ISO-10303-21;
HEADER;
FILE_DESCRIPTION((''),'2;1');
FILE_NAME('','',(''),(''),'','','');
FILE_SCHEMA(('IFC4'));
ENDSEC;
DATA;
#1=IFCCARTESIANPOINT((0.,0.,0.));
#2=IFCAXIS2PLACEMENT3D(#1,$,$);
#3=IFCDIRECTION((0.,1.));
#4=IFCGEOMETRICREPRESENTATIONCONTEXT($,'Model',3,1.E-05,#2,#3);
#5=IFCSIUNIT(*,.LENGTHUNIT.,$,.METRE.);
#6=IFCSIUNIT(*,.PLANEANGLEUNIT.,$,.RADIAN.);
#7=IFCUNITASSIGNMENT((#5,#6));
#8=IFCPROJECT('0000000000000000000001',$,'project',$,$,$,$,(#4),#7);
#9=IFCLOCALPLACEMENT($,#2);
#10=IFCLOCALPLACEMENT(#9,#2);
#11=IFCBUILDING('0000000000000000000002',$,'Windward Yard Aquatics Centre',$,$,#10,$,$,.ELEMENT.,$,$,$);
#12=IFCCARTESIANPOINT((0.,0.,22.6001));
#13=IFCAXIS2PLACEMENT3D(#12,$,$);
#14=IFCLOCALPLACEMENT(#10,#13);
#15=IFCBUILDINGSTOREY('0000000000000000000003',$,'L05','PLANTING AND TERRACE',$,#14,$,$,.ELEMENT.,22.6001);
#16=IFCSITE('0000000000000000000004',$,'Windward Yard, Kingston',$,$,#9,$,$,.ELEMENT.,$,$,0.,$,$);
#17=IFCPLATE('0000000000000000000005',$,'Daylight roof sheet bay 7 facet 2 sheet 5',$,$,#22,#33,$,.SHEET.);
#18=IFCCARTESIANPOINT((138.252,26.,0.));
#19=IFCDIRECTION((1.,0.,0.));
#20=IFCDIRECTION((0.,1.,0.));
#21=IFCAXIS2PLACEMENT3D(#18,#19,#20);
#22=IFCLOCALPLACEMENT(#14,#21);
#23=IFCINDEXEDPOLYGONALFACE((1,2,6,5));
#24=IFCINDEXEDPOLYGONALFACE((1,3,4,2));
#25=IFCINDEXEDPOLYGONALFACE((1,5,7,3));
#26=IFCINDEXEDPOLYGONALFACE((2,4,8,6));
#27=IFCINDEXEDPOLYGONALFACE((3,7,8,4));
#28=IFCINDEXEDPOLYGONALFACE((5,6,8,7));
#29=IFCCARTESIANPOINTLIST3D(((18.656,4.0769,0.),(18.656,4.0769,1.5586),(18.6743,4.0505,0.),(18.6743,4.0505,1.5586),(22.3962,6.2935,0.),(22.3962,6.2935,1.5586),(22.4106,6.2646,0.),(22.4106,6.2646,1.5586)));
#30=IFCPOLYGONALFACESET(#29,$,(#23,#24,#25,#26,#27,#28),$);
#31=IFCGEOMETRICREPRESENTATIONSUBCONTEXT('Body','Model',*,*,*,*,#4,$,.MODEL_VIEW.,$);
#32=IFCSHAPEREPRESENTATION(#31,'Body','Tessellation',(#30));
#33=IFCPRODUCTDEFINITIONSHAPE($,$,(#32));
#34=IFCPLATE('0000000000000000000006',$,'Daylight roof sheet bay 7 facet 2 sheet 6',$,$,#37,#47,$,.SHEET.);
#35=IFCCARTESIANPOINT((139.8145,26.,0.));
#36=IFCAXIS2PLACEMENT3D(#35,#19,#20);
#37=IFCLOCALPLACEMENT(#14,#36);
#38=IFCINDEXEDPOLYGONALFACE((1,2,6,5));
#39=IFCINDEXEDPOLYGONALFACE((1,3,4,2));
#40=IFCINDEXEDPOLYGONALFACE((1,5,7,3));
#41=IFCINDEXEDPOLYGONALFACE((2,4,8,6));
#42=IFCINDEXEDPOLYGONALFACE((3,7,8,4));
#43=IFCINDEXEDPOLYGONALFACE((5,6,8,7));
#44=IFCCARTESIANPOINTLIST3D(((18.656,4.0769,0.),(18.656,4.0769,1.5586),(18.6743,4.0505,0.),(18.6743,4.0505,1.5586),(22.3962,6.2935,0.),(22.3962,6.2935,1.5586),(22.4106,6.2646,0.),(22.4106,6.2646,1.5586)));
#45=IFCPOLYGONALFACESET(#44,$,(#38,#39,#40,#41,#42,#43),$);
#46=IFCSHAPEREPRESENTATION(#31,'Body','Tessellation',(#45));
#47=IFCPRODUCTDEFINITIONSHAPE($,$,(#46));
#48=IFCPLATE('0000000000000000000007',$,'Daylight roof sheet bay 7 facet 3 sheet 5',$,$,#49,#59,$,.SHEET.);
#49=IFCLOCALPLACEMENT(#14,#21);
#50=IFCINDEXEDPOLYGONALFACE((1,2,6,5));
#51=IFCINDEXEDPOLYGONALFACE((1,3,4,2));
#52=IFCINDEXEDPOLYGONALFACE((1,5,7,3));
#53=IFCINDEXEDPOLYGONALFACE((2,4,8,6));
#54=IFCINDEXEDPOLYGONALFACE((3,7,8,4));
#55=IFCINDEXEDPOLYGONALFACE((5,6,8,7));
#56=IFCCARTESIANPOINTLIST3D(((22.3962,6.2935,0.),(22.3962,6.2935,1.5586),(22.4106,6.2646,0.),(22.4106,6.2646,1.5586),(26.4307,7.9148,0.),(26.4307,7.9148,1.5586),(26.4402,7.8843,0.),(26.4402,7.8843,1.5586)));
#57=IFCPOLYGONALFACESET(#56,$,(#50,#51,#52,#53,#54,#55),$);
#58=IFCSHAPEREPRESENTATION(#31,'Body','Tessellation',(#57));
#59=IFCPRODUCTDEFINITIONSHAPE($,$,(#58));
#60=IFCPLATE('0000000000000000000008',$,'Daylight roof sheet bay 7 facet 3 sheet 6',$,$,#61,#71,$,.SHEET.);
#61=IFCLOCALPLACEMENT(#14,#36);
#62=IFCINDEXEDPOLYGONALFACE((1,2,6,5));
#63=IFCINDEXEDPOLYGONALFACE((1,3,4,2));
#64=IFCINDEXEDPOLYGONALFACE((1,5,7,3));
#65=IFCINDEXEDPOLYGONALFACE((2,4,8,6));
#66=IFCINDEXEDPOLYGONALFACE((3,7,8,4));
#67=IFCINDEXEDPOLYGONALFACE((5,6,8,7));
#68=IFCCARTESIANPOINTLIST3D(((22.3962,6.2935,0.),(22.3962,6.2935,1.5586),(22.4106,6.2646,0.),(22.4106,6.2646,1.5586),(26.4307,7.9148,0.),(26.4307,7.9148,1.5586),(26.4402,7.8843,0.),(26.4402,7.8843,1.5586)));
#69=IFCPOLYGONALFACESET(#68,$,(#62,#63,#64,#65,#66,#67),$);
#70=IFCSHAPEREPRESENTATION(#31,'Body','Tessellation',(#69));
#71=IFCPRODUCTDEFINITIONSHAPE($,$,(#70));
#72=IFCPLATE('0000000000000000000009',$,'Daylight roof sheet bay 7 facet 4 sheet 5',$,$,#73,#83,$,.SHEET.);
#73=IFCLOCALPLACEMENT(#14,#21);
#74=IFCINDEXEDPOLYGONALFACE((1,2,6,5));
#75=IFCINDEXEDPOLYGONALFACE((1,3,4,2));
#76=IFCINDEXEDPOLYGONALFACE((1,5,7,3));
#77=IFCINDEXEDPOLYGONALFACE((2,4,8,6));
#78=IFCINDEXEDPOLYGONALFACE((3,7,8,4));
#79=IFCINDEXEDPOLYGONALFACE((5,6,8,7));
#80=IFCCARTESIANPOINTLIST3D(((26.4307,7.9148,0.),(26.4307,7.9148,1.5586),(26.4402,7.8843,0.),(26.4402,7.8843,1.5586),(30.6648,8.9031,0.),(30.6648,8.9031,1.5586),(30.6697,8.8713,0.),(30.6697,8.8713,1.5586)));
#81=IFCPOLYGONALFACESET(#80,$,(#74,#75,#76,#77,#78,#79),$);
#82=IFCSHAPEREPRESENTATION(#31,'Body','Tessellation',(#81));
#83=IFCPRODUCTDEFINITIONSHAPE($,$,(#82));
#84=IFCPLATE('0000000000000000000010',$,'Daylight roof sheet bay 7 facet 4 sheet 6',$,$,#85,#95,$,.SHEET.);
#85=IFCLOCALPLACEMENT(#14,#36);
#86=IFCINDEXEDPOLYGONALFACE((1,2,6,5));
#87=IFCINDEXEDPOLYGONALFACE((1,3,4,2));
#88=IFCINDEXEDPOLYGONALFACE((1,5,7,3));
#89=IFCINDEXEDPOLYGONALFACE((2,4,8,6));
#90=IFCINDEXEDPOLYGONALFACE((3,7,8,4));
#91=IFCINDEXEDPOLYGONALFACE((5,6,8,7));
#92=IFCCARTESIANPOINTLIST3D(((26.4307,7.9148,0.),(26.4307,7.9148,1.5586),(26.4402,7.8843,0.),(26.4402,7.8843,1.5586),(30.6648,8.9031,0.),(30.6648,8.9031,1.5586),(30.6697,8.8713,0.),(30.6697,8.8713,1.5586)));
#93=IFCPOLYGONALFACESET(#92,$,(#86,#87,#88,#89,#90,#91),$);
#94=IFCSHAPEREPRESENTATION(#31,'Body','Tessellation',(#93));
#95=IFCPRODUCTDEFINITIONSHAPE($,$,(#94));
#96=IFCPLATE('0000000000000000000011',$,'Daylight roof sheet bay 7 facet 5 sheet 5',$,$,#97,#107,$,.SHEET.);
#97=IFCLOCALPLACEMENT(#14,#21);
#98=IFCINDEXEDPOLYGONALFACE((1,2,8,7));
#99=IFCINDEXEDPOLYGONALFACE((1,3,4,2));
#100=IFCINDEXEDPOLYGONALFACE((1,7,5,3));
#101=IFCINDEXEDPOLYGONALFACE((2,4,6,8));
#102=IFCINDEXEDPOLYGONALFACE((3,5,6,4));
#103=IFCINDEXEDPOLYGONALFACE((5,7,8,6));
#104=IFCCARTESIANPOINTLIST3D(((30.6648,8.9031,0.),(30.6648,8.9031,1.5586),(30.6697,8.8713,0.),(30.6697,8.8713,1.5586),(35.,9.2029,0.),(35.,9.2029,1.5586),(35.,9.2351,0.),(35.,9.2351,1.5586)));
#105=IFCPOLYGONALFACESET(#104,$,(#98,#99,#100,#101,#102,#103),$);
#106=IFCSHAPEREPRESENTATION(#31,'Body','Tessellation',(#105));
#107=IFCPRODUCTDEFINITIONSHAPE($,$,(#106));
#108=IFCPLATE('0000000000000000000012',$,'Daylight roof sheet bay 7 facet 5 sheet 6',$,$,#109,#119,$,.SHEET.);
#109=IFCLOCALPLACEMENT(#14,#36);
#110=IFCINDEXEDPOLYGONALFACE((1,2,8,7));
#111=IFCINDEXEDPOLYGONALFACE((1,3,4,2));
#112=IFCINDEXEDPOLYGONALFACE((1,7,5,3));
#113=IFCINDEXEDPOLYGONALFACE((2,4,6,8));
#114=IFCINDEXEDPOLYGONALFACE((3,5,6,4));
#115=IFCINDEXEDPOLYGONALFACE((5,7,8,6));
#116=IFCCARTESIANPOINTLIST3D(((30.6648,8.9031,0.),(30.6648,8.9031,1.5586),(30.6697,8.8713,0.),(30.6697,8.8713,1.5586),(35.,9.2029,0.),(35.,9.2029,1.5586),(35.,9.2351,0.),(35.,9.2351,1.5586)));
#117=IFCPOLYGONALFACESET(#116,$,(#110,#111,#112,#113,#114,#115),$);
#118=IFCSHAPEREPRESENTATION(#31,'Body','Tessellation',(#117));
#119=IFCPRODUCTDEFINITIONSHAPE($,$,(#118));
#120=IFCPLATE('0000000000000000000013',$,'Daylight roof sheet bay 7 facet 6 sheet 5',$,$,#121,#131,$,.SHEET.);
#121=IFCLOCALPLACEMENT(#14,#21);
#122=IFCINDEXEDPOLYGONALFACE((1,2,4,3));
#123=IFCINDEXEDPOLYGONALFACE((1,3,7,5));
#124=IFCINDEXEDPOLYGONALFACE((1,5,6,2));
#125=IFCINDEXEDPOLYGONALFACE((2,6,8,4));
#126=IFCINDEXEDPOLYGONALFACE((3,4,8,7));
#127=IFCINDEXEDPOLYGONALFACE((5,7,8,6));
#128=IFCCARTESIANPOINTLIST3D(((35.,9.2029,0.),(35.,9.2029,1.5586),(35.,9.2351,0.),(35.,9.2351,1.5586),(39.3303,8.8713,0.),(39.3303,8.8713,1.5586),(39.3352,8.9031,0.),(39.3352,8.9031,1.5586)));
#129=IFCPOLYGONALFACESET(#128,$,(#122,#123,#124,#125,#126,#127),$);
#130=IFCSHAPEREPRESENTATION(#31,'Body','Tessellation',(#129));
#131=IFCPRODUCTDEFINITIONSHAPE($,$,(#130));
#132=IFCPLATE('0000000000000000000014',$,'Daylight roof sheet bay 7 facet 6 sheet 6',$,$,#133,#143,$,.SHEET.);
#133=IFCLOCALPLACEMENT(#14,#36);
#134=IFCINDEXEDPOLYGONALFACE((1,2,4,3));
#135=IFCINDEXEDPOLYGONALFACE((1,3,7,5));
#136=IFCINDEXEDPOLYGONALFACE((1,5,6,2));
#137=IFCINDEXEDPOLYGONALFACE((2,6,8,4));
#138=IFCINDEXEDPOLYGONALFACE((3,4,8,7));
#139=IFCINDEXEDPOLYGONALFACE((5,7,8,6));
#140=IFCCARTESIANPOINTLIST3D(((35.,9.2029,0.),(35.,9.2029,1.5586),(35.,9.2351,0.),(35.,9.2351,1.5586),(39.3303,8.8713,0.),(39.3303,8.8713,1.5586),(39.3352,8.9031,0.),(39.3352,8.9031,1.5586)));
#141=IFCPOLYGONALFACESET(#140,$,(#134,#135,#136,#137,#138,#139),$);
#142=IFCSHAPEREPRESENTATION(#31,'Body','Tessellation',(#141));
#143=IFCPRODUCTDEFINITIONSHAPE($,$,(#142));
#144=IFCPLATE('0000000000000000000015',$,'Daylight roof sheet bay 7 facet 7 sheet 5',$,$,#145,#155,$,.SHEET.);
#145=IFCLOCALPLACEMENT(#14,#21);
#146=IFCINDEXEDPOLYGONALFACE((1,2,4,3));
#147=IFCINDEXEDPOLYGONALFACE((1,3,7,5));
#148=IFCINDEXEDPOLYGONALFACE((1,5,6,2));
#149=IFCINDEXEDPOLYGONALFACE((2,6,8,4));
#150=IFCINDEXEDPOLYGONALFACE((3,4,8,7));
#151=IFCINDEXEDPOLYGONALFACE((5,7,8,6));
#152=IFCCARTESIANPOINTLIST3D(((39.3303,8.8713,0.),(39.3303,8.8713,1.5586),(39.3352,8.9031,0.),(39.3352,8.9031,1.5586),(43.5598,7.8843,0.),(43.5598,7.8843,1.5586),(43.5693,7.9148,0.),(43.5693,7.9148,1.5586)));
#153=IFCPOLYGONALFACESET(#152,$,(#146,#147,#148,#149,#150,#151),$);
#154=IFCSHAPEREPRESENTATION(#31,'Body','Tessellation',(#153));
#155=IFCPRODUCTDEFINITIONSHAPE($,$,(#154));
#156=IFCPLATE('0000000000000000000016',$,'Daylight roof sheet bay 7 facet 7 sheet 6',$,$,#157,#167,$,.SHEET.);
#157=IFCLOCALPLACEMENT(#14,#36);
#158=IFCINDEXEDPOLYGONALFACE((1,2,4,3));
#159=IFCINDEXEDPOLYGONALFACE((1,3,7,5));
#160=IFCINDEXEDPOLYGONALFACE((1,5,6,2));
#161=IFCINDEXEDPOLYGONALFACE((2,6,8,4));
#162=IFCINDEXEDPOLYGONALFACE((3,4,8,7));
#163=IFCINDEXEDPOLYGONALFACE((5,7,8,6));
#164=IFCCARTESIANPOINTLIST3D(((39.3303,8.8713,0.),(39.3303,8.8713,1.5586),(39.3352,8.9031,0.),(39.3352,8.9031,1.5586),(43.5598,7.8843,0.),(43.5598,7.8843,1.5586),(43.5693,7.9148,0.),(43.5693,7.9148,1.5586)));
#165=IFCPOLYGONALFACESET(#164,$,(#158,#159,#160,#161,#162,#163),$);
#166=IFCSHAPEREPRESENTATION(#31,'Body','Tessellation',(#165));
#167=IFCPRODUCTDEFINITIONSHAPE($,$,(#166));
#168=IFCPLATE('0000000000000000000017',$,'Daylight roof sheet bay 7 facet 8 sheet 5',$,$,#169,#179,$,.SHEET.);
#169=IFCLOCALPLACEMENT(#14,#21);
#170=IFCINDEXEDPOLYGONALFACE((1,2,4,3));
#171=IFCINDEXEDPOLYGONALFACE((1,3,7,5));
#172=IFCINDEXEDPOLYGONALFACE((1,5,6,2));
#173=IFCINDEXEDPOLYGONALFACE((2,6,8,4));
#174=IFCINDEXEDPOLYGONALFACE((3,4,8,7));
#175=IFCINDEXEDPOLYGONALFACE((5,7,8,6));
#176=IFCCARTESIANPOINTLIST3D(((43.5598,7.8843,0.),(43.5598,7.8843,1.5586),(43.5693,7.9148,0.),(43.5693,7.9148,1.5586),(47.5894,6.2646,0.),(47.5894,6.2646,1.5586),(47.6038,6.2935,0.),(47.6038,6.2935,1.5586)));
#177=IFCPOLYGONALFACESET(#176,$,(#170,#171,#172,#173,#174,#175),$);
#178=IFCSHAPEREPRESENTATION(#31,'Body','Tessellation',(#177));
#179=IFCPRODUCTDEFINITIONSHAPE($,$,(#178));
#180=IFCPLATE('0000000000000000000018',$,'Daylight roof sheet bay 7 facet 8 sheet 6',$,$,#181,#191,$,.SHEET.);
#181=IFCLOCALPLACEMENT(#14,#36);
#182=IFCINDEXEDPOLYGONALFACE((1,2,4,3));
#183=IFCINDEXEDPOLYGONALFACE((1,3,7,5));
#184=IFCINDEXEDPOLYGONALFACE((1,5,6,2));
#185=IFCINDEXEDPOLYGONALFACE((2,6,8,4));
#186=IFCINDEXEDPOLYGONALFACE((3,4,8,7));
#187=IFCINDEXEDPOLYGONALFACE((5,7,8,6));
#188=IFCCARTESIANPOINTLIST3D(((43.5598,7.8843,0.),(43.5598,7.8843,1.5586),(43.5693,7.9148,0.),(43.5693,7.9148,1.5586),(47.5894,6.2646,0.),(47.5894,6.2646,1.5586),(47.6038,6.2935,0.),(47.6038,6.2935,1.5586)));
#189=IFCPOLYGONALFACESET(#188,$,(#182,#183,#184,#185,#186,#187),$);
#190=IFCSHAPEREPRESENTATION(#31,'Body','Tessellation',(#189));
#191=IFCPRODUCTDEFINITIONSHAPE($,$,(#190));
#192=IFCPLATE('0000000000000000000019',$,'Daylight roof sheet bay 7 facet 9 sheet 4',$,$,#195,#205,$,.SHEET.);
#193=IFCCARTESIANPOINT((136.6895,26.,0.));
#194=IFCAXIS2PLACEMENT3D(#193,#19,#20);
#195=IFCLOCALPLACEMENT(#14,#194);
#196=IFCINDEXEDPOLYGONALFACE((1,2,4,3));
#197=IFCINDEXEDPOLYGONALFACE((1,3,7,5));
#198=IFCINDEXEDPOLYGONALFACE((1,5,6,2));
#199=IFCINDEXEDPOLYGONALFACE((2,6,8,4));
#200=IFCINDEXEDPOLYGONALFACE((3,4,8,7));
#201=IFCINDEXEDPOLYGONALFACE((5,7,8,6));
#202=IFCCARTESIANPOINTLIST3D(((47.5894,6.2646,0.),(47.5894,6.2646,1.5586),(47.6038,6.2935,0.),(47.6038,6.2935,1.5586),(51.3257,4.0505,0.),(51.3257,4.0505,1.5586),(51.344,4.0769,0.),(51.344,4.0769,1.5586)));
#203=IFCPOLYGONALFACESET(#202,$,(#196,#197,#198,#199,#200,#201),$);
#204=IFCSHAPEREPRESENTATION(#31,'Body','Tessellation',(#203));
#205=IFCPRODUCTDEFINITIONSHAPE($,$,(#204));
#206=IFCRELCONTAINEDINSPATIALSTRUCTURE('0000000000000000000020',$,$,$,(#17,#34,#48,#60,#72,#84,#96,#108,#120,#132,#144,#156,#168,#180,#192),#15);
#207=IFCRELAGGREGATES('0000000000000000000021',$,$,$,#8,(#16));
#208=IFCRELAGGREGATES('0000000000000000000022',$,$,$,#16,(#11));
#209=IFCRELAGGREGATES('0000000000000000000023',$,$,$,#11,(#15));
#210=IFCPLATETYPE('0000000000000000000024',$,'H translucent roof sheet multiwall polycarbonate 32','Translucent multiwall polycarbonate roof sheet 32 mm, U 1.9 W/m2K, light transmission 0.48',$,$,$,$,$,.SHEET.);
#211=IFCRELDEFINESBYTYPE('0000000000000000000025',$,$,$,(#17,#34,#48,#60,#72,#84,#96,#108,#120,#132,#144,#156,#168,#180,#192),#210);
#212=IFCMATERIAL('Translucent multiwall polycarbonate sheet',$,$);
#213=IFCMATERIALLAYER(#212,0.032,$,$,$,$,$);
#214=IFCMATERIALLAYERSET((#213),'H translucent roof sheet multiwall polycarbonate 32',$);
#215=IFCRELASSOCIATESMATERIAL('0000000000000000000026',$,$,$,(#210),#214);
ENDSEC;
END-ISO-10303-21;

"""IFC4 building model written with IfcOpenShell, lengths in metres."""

from ifc_helpers import new_model, si_unit, direction, frame, origin, place, context, subcontext, project, spatial, polyline, outline, extrude, material, layer, layer_set, type_object, element, save


model = new_model("IFC4")

# Units and contexts
model_context = context("Model", 3, precision=1e-05, world=origin(), true_north=direction((0.0, 1.0)))
body_context = subcontext(model_context, "Body", "Model", "MODEL_VIEW")
ifc_project = project(units=[si_unit("LENGTHUNIT", "METRE"), si_unit("PLANEANGLEUNIT", "RADIAN")], contexts=[model_context])

# Site, building, storey
site_placement = place(None, origin())
site = spatial("IfcSite", under=ifc_project, at=site_placement, Name="Windward Yard, Kingston", CompositionType="ELEMENT", RefElevation=0.0)
building_placement = place(site_placement, origin())
building = spatial("IfcBuilding", under=site, at=building_placement, Name="Windward Yard Aquatics Centre", CompositionType="ELEMENT")
storey_placement = place(building_placement, frame((0.0, 0.0, 22.6001)))
storey = spatial("IfcBuildingStorey", under=building, at=storey_placement, Name="L05", Description="PLANTING AND TERRACE", CompositionType="ELEMENT", Elevation=22.6001)

# Plates
ifc_material_1 = material(Name="Translucent multiwall polycarbonate sheet")
ifc_layer_1 = layer(ifc_material_1, 0.032)
ifc_layer_set_1 = layer_set([ifc_layer_1], Name="H translucent roof sheet multiwall polycarbonate 32")
plate_type = type_object("IfcPlateType", Name="H translucent roof sheet multiwall polycarbonate 32", Description="Translucent multiwall polycarbonate roof sheet 32 mm, U 1.9 W/m2K, light transmission 0.48", PredefinedType="SHEET", material=ifc_layer_set_1)
for number, where, z_axis, x_axis, name in (
    (1, (138.252, 26.0, 0.0), (1.0, 0.0, 0.0), (0.0, 1.0, 0.0), "Daylight roof sheet bay 7 facet 2 sheet 5"),
    (2, (139.8145, 26.0, 0.0), (1.0, 0.0, 0.0), (0.0, 1.0, 0.0), "Daylight roof sheet bay 7 facet 2 sheet 6"),
):
    element("IfcPlate", number, at=place(storey_placement, frame(where, z_axis=z_axis, x_axis=x_axis)), inside=storey, type_object=plate_type, Name=name, PredefinedType="SHEET", context=body_context, shape_type="SweptSolid", body=[
        extrude(outline(polyline([(18.6743, 4.0505), (22.4106, 6.2646), (22.3962, 6.2935), (18.656, 4.0769), (18.6743, 4.0505)])), origin(), (0.0, 0.0, 1.0), 1.5586),
    ])
for number, where, z_axis, x_axis, name in (
    (3, (138.252, 26.0, 0.0), (1.0, 0.0, 0.0), (0.0, 1.0, 0.0), "Daylight roof sheet bay 7 facet 3 sheet 5"),
    (4, (139.8145, 26.0, 0.0), (1.0, 0.0, 0.0), (0.0, 1.0, 0.0), "Daylight roof sheet bay 7 facet 3 sheet 6"),
):
    element("IfcPlate", number, at=place(storey_placement, frame(where, z_axis=z_axis, x_axis=x_axis)), inside=storey, type_object=plate_type, Name=name, PredefinedType="SHEET", context=body_context, shape_type="SweptSolid", body=[
        extrude(outline(polyline([(22.4106, 6.2646), (26.4402, 7.8843), (26.4307, 7.9148), (22.3962, 6.2935), (22.4106, 6.2646)])), origin(), (0.0, 0.0, 1.0), 1.5586),
    ])
for number, where, z_axis, x_axis, name in (
    (5, (138.252, 26.0, 0.0), (1.0, 0.0, 0.0), (0.0, 1.0, 0.0), "Daylight roof sheet bay 7 facet 4 sheet 5"),
    (6, (139.8145, 26.0, 0.0), (1.0, 0.0, 0.0), (0.0, 1.0, 0.0), "Daylight roof sheet bay 7 facet 4 sheet 6"),
):
    element("IfcPlate", number, at=place(storey_placement, frame(where, z_axis=z_axis, x_axis=x_axis)), inside=storey, type_object=plate_type, Name=name, PredefinedType="SHEET", context=body_context, shape_type="SweptSolid", body=[
        extrude(outline(polyline([(26.4402, 7.8843), (30.6697, 8.8713), (30.6648, 8.9031), (26.4307, 7.9148), (26.4402, 7.8843)])), origin(), (0.0, 0.0, 1.0), 1.5586),
    ])
for number, where, z_axis, x_axis, name in (
    (7, (138.252, 26.0, 0.0), (1.0, 0.0, 0.0), (0.0, 1.0, 0.0), "Daylight roof sheet bay 7 facet 5 sheet 5"),
    (8, (139.8145, 26.0, 0.0), (1.0, 0.0, 0.0), (0.0, 1.0, 0.0), "Daylight roof sheet bay 7 facet 5 sheet 6"),
):
    element("IfcPlate", number, at=place(storey_placement, frame(where, z_axis=z_axis, x_axis=x_axis)), inside=storey, type_object=plate_type, Name=name, PredefinedType="SHEET", context=body_context, shape_type="SweptSolid", body=[
        extrude(outline(polyline([(30.6697, 8.8713), (35.0, 9.2029), (35.0, 9.2351), (30.6648, 8.9031), (30.6697, 8.8713)])), origin(), (0.0, 0.0, 1.0), 1.5586),
    ])
for number, where, z_axis, x_axis, name in (
    (9, (138.252, 26.0, 0.0), (1.0, 0.0, 0.0), (0.0, 1.0, 0.0), "Daylight roof sheet bay 7 facet 6 sheet 5"),
    (10, (139.8145, 26.0, 0.0), (1.0, 0.0, 0.0), (0.0, 1.0, 0.0), "Daylight roof sheet bay 7 facet 6 sheet 6"),
):
    element("IfcPlate", number, at=place(storey_placement, frame(where, z_axis=z_axis, x_axis=x_axis)), inside=storey, type_object=plate_type, Name=name, PredefinedType="SHEET", context=body_context, shape_type="SweptSolid", body=[
        extrude(outline(polyline([(35.0, 9.2029), (39.3303, 8.8713), (39.3352, 8.9031), (35.0, 9.2351), (35.0, 9.2029)])), origin(), (0.0, 0.0, 1.0), 1.5586),
    ])
for number, where, z_axis, x_axis, name in (
    (11, (138.252, 26.0, 0.0), (1.0, 0.0, 0.0), (0.0, 1.0, 0.0), "Daylight roof sheet bay 7 facet 7 sheet 5"),
    (12, (139.8145, 26.0, 0.0), (1.0, 0.0, 0.0), (0.0, 1.0, 0.0), "Daylight roof sheet bay 7 facet 7 sheet 6"),
):
    element("IfcPlate", number, at=place(storey_placement, frame(where, z_axis=z_axis, x_axis=x_axis)), inside=storey, type_object=plate_type, Name=name, PredefinedType="SHEET", context=body_context, shape_type="SweptSolid", body=[
        extrude(outline(polyline([(39.3303, 8.8713), (43.5598, 7.8843), (43.5693, 7.9148), (39.3352, 8.9031), (39.3303, 8.8713)])), origin(), (0.0, 0.0, 1.0), 1.5586),
    ])
for number, where, z_axis, x_axis, name in (
    (13, (138.252, 26.0, 0.0), (1.0, 0.0, 0.0), (0.0, 1.0, 0.0), "Daylight roof sheet bay 7 facet 8 sheet 5"),
    (14, (139.8145, 26.0, 0.0), (1.0, 0.0, 0.0), (0.0, 1.0, 0.0), "Daylight roof sheet bay 7 facet 8 sheet 6"),
):
    element("IfcPlate", number, at=place(storey_placement, frame(where, z_axis=z_axis, x_axis=x_axis)), inside=storey, type_object=plate_type, Name=name, PredefinedType="SHEET", context=body_context, shape_type="SweptSolid", body=[
        extrude(outline(polyline([(43.5598, 7.8843), (47.5894, 6.2646), (47.6038, 6.2935), (43.5693, 7.9148), (43.5598, 7.8843)])), origin(), (0.0, 0.0, 1.0), 1.5586),
    ])
for number, where, z_axis, x_axis, name in (
    (15, (136.6895, 26.0, 0.0), (1.0, 0.0, 0.0), (0.0, 1.0, 0.0), "Daylight roof sheet bay 7 facet 9 sheet 4"),
):
    element("IfcPlate", number, at=place(storey_placement, frame(where, z_axis=z_axis, x_axis=x_axis)), inside=storey, type_object=plate_type, Name=name, PredefinedType="SHEET", context=body_context, shape_type="SweptSolid", body=[
        extrude(outline(polyline([(47.5894, 6.2646), (51.3257, 4.0505), (51.344, 4.0769), (47.6038, 6.2935), (47.5894, 6.2646)])), origin(), (0.0, 0.0, 1.0), 1.5586),
    ])

save(model, "model.ifc")
